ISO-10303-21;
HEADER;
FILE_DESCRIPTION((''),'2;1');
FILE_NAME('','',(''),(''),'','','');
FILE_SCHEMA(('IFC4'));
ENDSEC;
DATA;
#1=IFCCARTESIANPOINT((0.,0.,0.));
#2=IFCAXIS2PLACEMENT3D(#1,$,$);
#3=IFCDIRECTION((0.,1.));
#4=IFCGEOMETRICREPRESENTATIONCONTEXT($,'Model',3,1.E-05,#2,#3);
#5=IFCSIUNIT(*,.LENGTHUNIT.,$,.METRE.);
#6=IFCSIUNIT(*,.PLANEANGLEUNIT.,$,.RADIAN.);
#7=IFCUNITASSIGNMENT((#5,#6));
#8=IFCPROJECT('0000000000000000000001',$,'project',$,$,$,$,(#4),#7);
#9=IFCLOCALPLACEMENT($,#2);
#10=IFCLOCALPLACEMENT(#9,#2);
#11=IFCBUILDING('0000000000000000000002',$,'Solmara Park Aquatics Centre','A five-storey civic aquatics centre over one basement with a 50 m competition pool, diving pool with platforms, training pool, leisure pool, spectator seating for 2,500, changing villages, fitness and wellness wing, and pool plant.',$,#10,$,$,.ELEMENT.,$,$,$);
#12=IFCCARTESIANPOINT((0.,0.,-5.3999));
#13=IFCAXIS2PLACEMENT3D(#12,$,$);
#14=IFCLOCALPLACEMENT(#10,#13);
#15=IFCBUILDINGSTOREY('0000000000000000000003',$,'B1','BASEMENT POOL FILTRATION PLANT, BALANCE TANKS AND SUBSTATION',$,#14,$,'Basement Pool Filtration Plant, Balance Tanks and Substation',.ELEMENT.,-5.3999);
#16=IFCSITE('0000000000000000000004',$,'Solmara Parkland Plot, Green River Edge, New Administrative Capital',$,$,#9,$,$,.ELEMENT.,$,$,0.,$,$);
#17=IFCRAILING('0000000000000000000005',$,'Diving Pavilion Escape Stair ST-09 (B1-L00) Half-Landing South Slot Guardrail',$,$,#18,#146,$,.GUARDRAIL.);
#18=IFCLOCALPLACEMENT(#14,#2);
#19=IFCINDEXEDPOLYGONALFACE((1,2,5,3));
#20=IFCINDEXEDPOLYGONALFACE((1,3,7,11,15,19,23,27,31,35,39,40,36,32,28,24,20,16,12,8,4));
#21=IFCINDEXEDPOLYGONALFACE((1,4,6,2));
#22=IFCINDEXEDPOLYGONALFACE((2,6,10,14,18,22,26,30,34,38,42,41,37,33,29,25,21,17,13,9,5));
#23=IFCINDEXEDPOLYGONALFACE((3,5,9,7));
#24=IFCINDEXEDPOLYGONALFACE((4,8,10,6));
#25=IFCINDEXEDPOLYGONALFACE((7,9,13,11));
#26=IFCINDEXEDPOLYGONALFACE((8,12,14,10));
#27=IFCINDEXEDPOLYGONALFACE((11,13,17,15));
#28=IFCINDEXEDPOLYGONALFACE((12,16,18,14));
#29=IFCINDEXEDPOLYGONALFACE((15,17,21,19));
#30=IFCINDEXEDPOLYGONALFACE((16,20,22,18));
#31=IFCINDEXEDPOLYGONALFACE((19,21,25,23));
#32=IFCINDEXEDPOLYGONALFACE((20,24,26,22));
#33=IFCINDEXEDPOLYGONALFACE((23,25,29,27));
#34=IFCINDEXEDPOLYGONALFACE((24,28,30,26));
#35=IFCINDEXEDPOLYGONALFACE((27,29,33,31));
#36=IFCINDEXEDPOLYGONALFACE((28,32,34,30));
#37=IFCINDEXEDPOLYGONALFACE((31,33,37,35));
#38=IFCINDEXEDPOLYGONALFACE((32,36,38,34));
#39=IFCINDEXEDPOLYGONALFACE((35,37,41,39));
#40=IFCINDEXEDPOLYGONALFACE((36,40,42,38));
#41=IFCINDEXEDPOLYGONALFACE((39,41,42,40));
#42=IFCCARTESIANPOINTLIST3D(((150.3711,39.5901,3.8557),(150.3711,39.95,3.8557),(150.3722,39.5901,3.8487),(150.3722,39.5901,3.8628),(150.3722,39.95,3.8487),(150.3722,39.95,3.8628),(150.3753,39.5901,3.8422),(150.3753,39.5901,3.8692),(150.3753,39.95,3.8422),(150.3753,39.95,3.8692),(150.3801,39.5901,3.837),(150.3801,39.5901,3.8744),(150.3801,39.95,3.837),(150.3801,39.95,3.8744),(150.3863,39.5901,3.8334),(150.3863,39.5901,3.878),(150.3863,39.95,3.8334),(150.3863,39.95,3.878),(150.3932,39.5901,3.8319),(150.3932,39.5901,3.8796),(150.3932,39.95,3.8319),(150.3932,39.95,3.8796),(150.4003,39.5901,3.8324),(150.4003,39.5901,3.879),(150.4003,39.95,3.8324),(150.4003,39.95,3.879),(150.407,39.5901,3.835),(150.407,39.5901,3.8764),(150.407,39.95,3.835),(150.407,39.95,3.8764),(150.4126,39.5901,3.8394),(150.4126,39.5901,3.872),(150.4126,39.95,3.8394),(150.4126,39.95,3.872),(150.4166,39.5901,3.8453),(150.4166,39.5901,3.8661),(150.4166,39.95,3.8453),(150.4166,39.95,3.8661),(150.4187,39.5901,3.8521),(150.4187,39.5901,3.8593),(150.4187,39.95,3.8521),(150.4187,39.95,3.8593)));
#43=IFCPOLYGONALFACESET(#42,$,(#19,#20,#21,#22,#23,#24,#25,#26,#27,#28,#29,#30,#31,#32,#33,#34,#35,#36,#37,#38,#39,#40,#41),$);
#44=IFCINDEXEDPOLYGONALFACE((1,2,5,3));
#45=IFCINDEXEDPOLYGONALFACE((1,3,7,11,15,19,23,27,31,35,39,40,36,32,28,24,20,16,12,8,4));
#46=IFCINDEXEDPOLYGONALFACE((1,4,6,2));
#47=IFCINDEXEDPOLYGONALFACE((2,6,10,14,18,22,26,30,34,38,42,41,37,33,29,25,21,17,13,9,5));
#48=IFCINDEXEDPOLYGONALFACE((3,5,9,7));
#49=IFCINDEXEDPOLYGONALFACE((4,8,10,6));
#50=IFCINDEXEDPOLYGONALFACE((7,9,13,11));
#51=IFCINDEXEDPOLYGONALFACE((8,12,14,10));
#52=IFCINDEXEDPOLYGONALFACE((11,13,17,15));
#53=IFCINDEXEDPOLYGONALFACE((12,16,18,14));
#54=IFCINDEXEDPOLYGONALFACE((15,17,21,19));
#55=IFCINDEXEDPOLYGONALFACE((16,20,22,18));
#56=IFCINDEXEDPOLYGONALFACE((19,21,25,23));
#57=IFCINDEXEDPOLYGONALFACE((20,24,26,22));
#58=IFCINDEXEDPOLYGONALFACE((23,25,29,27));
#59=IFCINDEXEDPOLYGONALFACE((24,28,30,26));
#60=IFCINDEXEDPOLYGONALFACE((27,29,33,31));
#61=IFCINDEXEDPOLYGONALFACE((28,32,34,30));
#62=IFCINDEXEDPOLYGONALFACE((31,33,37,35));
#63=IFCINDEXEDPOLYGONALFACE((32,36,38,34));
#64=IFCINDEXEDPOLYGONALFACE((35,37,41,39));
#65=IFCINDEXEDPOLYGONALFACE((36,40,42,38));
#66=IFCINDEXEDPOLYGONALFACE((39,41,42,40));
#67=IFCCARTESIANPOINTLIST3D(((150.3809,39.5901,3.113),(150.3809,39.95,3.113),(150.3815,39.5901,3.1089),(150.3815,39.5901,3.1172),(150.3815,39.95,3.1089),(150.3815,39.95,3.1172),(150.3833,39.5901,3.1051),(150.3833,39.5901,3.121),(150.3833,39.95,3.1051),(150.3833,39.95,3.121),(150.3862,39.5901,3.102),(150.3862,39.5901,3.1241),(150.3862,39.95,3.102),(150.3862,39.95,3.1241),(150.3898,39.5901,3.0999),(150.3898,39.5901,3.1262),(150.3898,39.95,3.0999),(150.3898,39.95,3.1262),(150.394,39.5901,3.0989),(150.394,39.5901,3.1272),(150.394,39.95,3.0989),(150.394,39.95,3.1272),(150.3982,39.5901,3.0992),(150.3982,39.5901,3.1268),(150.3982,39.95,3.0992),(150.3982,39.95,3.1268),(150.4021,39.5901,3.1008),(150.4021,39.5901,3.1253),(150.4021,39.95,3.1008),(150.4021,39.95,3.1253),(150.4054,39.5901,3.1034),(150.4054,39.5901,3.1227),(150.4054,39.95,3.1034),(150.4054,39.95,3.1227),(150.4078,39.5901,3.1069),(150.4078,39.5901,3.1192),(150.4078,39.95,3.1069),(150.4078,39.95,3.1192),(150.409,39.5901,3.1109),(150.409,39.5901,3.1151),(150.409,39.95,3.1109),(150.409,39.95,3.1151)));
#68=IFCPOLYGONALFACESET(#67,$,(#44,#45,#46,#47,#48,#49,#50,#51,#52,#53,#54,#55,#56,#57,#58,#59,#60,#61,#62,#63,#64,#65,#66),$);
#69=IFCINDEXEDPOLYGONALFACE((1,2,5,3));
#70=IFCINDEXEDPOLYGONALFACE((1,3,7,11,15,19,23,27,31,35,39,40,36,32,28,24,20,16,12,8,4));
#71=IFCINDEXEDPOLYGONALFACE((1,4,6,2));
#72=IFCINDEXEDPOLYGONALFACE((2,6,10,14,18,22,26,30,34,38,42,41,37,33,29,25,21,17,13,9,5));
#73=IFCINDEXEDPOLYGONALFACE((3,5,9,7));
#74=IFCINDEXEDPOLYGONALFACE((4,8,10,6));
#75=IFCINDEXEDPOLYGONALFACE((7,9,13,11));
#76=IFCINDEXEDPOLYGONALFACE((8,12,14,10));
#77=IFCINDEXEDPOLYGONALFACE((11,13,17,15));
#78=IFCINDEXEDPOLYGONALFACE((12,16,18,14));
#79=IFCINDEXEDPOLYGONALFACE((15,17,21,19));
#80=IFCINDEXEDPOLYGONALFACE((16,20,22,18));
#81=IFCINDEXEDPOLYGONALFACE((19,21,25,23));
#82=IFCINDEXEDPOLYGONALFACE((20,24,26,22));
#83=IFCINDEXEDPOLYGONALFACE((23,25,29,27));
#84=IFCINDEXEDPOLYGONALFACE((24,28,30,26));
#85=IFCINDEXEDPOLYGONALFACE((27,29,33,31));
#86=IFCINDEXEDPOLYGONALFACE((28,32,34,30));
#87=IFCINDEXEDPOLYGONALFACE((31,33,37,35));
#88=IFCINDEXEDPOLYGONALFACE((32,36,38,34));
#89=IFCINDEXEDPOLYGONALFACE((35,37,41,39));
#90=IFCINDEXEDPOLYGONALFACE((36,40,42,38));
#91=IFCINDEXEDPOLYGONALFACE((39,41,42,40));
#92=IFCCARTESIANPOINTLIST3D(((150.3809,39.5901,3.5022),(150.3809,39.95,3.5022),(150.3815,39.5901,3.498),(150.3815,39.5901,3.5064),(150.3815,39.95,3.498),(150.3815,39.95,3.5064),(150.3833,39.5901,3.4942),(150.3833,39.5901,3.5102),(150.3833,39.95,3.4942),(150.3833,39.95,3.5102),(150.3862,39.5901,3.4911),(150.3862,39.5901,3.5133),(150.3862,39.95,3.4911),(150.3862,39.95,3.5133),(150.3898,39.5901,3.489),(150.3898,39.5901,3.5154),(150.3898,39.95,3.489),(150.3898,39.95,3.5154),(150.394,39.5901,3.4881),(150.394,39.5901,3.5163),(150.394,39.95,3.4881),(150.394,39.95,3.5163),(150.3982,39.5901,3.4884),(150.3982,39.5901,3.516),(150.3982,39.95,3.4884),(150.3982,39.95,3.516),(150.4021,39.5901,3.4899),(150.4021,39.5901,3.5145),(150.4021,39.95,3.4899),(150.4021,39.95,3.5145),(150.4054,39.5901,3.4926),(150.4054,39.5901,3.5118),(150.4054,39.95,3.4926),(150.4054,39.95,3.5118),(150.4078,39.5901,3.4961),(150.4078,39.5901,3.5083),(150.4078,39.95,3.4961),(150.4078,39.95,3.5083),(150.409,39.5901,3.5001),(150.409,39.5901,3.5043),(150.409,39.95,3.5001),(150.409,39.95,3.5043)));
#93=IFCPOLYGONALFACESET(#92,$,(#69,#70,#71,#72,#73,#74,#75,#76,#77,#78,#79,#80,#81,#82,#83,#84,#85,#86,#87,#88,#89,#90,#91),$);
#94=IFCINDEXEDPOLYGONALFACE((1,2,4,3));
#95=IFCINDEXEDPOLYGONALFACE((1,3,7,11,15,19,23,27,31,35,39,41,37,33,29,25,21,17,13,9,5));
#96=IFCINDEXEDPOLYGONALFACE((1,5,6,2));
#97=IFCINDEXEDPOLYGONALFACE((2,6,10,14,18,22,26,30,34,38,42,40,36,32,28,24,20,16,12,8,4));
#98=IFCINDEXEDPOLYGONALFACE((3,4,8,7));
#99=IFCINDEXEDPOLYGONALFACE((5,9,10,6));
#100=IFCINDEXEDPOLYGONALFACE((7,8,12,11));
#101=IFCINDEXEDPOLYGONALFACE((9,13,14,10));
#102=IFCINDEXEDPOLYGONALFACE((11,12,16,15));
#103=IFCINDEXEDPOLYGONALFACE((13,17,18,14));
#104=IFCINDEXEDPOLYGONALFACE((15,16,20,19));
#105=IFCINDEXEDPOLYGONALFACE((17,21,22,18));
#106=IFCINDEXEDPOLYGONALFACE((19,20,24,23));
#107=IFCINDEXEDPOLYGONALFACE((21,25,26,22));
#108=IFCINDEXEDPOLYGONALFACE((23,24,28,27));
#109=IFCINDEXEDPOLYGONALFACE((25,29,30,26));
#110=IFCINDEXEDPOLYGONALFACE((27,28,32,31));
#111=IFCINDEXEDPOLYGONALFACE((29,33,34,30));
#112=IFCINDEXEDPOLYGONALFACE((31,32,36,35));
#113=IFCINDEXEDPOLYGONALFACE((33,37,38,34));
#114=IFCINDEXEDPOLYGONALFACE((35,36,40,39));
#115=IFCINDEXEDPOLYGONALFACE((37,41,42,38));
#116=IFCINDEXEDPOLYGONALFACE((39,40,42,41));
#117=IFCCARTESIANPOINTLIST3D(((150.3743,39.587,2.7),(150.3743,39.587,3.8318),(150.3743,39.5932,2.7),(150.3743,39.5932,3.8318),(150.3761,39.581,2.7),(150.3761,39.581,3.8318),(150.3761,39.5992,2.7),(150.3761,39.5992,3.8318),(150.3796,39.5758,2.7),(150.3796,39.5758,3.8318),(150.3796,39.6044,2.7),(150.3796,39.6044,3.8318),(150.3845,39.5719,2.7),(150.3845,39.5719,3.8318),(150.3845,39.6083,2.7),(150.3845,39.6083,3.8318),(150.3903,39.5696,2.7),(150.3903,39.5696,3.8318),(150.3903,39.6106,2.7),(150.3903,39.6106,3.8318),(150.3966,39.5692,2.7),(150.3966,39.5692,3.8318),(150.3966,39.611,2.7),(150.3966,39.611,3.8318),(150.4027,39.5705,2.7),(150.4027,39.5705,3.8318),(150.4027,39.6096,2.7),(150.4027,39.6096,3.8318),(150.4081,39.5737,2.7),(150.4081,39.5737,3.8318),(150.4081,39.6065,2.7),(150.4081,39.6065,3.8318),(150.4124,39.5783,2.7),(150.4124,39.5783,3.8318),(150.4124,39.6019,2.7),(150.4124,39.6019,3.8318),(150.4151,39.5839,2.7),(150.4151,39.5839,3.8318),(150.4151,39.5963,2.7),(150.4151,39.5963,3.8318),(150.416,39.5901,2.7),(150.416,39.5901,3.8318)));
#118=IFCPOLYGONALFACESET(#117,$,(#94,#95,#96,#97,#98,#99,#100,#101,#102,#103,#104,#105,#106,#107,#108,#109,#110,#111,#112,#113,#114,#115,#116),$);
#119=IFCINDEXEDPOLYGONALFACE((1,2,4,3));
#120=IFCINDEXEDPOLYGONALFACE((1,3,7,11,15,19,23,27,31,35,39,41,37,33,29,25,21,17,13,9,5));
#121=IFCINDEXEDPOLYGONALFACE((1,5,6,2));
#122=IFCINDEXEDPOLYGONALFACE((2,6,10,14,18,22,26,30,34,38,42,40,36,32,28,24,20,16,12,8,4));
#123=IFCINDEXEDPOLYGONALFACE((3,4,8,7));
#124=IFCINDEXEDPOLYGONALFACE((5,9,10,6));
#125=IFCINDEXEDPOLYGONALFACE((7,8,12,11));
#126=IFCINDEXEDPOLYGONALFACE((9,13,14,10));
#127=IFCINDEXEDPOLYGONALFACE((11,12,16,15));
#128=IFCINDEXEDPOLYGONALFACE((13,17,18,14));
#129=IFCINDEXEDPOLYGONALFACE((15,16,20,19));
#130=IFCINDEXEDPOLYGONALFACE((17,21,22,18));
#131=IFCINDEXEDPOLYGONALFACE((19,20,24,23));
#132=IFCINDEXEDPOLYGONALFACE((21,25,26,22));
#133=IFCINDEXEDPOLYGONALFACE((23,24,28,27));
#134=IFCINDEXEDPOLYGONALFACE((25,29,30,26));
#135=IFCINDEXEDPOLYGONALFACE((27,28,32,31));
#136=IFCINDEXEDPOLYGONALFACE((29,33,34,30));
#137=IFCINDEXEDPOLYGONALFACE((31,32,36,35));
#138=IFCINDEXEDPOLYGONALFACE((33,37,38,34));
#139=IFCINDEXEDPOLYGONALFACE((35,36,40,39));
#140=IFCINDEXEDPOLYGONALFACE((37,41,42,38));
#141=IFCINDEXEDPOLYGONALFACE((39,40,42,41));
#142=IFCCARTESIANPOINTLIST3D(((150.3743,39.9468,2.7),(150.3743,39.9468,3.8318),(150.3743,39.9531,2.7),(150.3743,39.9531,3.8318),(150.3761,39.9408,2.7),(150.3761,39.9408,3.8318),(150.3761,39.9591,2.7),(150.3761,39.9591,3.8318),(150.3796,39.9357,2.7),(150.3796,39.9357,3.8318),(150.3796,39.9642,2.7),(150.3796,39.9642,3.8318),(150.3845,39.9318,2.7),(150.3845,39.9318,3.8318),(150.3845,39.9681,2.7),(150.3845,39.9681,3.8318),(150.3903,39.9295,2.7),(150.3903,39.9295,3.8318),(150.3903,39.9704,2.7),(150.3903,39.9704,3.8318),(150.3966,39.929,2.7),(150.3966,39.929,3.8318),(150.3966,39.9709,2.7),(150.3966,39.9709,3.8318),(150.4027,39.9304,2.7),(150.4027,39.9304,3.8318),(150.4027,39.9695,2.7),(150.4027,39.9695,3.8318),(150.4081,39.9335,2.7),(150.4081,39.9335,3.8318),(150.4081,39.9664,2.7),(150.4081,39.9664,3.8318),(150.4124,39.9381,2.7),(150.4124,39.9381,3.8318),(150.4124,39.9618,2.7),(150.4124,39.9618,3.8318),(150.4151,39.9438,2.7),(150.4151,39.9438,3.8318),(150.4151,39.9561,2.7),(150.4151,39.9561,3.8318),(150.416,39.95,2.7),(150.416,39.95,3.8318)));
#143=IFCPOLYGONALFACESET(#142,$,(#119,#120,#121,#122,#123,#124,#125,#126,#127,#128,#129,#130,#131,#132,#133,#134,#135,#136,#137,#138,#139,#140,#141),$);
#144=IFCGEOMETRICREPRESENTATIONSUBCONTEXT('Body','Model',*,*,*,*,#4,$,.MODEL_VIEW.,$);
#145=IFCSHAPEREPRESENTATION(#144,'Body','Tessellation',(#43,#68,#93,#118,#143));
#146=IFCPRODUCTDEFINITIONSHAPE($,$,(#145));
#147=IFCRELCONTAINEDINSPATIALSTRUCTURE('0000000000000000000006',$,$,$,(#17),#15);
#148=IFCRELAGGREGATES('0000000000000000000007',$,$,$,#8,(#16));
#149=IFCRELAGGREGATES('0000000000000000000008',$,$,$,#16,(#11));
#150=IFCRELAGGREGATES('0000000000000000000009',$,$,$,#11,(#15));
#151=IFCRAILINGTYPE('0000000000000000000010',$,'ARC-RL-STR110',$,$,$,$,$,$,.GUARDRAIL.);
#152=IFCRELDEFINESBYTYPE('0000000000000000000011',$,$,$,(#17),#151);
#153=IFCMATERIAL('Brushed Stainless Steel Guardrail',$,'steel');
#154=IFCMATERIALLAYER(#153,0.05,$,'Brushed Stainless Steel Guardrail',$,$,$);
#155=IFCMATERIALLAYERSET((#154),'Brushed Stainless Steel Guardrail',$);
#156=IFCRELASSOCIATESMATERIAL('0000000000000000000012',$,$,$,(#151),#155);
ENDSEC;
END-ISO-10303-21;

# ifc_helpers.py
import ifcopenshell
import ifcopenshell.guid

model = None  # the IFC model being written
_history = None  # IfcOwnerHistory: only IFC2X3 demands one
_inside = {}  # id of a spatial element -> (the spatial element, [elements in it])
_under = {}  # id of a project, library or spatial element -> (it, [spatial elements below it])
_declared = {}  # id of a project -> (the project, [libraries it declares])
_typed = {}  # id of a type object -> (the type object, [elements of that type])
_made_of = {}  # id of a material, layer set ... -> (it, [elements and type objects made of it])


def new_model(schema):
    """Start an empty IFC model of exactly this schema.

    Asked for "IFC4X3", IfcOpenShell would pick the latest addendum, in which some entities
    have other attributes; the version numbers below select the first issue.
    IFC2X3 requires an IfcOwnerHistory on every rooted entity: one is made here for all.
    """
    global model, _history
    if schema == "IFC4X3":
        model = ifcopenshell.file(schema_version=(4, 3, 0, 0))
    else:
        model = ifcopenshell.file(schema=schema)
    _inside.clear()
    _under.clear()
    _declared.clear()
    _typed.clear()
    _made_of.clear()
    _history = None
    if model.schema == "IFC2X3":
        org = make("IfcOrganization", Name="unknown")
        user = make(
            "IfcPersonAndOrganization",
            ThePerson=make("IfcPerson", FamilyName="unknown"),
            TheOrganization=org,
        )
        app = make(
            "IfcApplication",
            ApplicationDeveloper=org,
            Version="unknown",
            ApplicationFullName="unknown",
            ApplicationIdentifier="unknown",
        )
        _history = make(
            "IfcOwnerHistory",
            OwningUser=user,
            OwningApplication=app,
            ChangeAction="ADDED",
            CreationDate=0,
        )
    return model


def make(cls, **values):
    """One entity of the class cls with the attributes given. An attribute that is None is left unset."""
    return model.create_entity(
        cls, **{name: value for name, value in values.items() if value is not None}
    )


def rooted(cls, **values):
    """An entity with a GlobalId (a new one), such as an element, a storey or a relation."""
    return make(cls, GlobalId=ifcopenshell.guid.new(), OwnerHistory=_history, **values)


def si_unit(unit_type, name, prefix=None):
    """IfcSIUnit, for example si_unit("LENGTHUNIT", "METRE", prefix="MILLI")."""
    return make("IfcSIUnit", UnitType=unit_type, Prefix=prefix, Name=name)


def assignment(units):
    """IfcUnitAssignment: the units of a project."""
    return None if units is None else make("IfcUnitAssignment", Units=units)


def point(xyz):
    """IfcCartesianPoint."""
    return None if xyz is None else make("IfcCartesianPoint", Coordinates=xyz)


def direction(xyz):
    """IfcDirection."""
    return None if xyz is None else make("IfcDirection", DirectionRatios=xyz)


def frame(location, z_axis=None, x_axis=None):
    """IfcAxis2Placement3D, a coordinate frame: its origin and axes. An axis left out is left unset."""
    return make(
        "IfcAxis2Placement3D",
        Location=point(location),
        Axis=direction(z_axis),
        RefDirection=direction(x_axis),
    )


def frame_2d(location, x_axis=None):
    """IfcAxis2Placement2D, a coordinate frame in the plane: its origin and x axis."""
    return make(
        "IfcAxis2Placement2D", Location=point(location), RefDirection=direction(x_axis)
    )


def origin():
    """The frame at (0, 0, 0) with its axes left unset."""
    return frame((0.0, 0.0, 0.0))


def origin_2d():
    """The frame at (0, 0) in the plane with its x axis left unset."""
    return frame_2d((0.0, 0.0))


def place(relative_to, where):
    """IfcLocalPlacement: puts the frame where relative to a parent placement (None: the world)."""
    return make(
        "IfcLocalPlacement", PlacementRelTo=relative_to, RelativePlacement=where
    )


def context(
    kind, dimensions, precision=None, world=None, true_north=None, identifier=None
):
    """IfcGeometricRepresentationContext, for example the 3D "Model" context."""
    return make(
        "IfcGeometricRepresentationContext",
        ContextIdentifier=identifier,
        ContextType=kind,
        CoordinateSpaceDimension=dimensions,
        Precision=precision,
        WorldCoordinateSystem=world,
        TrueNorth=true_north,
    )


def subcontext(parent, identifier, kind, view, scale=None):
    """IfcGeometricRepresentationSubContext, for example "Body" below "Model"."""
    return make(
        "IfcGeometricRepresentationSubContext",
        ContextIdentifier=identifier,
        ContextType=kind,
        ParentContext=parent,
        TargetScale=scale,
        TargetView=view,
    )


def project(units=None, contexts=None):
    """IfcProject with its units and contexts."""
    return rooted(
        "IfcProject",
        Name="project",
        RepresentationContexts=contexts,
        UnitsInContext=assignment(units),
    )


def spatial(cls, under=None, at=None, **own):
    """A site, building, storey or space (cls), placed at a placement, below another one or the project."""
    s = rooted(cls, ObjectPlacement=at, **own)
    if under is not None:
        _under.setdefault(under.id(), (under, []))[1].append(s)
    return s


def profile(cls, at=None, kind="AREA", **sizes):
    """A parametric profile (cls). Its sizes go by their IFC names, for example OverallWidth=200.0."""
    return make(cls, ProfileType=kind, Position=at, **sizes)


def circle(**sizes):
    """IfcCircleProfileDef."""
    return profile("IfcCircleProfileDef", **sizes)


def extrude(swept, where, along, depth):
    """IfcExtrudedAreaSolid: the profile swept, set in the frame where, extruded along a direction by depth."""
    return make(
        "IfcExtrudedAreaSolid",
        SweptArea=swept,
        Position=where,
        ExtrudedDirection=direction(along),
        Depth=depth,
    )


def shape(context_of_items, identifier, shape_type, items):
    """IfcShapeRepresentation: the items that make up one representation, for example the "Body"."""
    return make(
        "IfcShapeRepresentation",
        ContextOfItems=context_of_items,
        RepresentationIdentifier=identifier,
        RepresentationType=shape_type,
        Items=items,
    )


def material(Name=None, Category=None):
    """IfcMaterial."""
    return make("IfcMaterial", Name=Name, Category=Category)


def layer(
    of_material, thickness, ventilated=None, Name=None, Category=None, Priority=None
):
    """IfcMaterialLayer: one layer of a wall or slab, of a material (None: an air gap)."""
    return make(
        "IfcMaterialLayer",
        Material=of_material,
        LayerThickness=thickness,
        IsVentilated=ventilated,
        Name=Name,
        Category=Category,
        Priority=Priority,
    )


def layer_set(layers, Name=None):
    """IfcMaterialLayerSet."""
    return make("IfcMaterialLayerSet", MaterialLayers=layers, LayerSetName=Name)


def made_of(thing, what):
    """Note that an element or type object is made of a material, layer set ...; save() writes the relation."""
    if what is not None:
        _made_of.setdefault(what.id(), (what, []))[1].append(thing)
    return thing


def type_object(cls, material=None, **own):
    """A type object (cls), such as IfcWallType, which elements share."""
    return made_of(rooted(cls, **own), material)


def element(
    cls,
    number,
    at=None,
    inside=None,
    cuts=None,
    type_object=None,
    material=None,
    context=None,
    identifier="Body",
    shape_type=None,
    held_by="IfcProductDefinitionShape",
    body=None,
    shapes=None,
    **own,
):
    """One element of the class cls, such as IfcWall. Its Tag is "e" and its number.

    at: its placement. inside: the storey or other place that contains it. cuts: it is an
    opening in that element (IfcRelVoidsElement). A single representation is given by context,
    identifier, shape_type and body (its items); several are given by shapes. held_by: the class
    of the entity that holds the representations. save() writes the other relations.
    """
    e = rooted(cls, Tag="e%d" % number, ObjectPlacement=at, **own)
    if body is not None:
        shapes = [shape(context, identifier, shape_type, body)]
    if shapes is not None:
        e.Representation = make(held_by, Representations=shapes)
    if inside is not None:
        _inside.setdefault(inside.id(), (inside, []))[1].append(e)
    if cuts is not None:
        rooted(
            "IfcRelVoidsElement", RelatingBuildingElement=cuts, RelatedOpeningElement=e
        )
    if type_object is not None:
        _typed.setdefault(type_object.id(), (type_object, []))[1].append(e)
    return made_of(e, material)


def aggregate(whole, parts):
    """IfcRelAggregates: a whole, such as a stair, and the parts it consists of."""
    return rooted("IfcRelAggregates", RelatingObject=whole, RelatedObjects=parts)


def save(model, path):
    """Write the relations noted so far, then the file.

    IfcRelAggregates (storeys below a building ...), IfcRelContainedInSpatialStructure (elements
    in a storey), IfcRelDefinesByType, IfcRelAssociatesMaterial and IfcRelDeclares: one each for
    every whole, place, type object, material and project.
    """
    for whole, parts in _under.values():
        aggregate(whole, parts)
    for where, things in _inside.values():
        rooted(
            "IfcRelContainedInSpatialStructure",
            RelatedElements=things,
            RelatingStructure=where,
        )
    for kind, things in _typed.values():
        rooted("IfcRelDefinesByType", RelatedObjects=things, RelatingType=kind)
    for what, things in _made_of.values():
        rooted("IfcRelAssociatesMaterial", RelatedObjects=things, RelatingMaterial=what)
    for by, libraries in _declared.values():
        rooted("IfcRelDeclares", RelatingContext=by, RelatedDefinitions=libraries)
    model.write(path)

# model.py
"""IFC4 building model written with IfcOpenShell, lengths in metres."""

from ifc_helpers import new_model, si_unit, direction, frame, origin, origin_2d, place, context, subcontext, project, spatial, circle, extrude, material, layer, layer_set, type_object, element, save


model = new_model("IFC4")

# Units and contexts
model_context = context("Model", 3, precision=1e-05, world=origin(), true_north=direction((0.0, 1.0)))
body_context = subcontext(model_context, "Body", "Model", "MODEL_VIEW")
ifc_project = project(units=[si_unit("LENGTHUNIT", "METRE"), si_unit("PLANEANGLEUNIT", "RADIAN")], contexts=[model_context])

# Site, building, storey
site_placement = place(None, origin())
site = spatial("IfcSite", under=ifc_project, at=site_placement, Name="Solmara Parkland Plot, Green River Edge, New Administrative Capital", CompositionType="ELEMENT", RefElevation=0.0)
building_placement = place(site_placement, origin())
building = spatial("IfcBuilding", under=site, at=building_placement, Name="Solmara Park Aquatics Centre", Description="A five-storey civic aquatics centre over one basement with a 50 m competition pool, diving pool with platforms, training pool, leisure pool, spectator seating for 2,500, changing villages, fitness and wellness wing, and pool plant.", CompositionType="ELEMENT")
storey_placement = place(building_placement, frame((0.0, 0.0, -5.3999)))
storey = spatial("IfcBuildingStorey", under=building, at=storey_placement, Name="B1", Description="BASEMENT POOL FILTRATION PLANT, BALANCE TANKS AND SUBSTATION", LongName="Basement Pool Filtration Plant, Balance Tanks and Substation", CompositionType="ELEMENT", Elevation=-5.3999)

# Railing
ifc_material_1 = material(Name="Brushed Stainless Steel Guardrail", Category="steel")
ifc_layer_1 = layer(ifc_material_1, 0.05, Name="Brushed Stainless Steel Guardrail")
ifc_layer_set_1 = layer_set([ifc_layer_1], Name="Brushed Stainless Steel Guardrail")
railing_type_1 = type_object("IfcRailingType", Name="ARC-RL-STR110", PredefinedType="GUARDRAIL", material=ifc_layer_set_1)
railing_1_placement = place(storey_placement, frame((150.395, 39.5901, 2.7)))
element("IfcRailing", 1, at=railing_1_placement, inside=storey, type_object=railing_type_1, Name="Diving Pavilion Escape Stair ST-09 (B1-L00) Half-Landing South Slot Guardrail", PredefinedType="GUARDRAIL", context=body_context, shape_type="SweptSolid", body=[
    extrude(circle(Radius=0.0239, at=origin_2d()), frame((0.0, 0.0, 1.1558), z_axis=(0.0, 1.0, 0.0), x_axis=(-1.0, 0.0, 0.0)), (0.0, 0.0, 1.0), 0.3599),
    extrude(circle(Radius=0.0142, at=origin_2d()), frame((0.0, 0.0, 0.4131), z_axis=(0.0, 1.0, 0.0), x_axis=(-1.0, 0.0, 0.0)), (0.0, 0.0, 1.0), 0.3599),
    extrude(circle(Radius=0.0142, at=origin_2d()), frame((0.0, 0.0, 0.8022), z_axis=(0.0, 1.0, 0.0), x_axis=(-1.0, 0.0, 0.0)), (0.0, 0.0, 1.0), 0.3599),
    extrude(circle(Radius=0.021, at=origin_2d()), origin(), (0.0, 0.0, 1.0), 1.1318),
    extrude(circle(Radius=0.021, at=origin_2d()), frame((0.0, 0.3599, 0.0)), (0.0, 0.0, 1.0), 1.1318),
])

save(model, "model.ifc")
